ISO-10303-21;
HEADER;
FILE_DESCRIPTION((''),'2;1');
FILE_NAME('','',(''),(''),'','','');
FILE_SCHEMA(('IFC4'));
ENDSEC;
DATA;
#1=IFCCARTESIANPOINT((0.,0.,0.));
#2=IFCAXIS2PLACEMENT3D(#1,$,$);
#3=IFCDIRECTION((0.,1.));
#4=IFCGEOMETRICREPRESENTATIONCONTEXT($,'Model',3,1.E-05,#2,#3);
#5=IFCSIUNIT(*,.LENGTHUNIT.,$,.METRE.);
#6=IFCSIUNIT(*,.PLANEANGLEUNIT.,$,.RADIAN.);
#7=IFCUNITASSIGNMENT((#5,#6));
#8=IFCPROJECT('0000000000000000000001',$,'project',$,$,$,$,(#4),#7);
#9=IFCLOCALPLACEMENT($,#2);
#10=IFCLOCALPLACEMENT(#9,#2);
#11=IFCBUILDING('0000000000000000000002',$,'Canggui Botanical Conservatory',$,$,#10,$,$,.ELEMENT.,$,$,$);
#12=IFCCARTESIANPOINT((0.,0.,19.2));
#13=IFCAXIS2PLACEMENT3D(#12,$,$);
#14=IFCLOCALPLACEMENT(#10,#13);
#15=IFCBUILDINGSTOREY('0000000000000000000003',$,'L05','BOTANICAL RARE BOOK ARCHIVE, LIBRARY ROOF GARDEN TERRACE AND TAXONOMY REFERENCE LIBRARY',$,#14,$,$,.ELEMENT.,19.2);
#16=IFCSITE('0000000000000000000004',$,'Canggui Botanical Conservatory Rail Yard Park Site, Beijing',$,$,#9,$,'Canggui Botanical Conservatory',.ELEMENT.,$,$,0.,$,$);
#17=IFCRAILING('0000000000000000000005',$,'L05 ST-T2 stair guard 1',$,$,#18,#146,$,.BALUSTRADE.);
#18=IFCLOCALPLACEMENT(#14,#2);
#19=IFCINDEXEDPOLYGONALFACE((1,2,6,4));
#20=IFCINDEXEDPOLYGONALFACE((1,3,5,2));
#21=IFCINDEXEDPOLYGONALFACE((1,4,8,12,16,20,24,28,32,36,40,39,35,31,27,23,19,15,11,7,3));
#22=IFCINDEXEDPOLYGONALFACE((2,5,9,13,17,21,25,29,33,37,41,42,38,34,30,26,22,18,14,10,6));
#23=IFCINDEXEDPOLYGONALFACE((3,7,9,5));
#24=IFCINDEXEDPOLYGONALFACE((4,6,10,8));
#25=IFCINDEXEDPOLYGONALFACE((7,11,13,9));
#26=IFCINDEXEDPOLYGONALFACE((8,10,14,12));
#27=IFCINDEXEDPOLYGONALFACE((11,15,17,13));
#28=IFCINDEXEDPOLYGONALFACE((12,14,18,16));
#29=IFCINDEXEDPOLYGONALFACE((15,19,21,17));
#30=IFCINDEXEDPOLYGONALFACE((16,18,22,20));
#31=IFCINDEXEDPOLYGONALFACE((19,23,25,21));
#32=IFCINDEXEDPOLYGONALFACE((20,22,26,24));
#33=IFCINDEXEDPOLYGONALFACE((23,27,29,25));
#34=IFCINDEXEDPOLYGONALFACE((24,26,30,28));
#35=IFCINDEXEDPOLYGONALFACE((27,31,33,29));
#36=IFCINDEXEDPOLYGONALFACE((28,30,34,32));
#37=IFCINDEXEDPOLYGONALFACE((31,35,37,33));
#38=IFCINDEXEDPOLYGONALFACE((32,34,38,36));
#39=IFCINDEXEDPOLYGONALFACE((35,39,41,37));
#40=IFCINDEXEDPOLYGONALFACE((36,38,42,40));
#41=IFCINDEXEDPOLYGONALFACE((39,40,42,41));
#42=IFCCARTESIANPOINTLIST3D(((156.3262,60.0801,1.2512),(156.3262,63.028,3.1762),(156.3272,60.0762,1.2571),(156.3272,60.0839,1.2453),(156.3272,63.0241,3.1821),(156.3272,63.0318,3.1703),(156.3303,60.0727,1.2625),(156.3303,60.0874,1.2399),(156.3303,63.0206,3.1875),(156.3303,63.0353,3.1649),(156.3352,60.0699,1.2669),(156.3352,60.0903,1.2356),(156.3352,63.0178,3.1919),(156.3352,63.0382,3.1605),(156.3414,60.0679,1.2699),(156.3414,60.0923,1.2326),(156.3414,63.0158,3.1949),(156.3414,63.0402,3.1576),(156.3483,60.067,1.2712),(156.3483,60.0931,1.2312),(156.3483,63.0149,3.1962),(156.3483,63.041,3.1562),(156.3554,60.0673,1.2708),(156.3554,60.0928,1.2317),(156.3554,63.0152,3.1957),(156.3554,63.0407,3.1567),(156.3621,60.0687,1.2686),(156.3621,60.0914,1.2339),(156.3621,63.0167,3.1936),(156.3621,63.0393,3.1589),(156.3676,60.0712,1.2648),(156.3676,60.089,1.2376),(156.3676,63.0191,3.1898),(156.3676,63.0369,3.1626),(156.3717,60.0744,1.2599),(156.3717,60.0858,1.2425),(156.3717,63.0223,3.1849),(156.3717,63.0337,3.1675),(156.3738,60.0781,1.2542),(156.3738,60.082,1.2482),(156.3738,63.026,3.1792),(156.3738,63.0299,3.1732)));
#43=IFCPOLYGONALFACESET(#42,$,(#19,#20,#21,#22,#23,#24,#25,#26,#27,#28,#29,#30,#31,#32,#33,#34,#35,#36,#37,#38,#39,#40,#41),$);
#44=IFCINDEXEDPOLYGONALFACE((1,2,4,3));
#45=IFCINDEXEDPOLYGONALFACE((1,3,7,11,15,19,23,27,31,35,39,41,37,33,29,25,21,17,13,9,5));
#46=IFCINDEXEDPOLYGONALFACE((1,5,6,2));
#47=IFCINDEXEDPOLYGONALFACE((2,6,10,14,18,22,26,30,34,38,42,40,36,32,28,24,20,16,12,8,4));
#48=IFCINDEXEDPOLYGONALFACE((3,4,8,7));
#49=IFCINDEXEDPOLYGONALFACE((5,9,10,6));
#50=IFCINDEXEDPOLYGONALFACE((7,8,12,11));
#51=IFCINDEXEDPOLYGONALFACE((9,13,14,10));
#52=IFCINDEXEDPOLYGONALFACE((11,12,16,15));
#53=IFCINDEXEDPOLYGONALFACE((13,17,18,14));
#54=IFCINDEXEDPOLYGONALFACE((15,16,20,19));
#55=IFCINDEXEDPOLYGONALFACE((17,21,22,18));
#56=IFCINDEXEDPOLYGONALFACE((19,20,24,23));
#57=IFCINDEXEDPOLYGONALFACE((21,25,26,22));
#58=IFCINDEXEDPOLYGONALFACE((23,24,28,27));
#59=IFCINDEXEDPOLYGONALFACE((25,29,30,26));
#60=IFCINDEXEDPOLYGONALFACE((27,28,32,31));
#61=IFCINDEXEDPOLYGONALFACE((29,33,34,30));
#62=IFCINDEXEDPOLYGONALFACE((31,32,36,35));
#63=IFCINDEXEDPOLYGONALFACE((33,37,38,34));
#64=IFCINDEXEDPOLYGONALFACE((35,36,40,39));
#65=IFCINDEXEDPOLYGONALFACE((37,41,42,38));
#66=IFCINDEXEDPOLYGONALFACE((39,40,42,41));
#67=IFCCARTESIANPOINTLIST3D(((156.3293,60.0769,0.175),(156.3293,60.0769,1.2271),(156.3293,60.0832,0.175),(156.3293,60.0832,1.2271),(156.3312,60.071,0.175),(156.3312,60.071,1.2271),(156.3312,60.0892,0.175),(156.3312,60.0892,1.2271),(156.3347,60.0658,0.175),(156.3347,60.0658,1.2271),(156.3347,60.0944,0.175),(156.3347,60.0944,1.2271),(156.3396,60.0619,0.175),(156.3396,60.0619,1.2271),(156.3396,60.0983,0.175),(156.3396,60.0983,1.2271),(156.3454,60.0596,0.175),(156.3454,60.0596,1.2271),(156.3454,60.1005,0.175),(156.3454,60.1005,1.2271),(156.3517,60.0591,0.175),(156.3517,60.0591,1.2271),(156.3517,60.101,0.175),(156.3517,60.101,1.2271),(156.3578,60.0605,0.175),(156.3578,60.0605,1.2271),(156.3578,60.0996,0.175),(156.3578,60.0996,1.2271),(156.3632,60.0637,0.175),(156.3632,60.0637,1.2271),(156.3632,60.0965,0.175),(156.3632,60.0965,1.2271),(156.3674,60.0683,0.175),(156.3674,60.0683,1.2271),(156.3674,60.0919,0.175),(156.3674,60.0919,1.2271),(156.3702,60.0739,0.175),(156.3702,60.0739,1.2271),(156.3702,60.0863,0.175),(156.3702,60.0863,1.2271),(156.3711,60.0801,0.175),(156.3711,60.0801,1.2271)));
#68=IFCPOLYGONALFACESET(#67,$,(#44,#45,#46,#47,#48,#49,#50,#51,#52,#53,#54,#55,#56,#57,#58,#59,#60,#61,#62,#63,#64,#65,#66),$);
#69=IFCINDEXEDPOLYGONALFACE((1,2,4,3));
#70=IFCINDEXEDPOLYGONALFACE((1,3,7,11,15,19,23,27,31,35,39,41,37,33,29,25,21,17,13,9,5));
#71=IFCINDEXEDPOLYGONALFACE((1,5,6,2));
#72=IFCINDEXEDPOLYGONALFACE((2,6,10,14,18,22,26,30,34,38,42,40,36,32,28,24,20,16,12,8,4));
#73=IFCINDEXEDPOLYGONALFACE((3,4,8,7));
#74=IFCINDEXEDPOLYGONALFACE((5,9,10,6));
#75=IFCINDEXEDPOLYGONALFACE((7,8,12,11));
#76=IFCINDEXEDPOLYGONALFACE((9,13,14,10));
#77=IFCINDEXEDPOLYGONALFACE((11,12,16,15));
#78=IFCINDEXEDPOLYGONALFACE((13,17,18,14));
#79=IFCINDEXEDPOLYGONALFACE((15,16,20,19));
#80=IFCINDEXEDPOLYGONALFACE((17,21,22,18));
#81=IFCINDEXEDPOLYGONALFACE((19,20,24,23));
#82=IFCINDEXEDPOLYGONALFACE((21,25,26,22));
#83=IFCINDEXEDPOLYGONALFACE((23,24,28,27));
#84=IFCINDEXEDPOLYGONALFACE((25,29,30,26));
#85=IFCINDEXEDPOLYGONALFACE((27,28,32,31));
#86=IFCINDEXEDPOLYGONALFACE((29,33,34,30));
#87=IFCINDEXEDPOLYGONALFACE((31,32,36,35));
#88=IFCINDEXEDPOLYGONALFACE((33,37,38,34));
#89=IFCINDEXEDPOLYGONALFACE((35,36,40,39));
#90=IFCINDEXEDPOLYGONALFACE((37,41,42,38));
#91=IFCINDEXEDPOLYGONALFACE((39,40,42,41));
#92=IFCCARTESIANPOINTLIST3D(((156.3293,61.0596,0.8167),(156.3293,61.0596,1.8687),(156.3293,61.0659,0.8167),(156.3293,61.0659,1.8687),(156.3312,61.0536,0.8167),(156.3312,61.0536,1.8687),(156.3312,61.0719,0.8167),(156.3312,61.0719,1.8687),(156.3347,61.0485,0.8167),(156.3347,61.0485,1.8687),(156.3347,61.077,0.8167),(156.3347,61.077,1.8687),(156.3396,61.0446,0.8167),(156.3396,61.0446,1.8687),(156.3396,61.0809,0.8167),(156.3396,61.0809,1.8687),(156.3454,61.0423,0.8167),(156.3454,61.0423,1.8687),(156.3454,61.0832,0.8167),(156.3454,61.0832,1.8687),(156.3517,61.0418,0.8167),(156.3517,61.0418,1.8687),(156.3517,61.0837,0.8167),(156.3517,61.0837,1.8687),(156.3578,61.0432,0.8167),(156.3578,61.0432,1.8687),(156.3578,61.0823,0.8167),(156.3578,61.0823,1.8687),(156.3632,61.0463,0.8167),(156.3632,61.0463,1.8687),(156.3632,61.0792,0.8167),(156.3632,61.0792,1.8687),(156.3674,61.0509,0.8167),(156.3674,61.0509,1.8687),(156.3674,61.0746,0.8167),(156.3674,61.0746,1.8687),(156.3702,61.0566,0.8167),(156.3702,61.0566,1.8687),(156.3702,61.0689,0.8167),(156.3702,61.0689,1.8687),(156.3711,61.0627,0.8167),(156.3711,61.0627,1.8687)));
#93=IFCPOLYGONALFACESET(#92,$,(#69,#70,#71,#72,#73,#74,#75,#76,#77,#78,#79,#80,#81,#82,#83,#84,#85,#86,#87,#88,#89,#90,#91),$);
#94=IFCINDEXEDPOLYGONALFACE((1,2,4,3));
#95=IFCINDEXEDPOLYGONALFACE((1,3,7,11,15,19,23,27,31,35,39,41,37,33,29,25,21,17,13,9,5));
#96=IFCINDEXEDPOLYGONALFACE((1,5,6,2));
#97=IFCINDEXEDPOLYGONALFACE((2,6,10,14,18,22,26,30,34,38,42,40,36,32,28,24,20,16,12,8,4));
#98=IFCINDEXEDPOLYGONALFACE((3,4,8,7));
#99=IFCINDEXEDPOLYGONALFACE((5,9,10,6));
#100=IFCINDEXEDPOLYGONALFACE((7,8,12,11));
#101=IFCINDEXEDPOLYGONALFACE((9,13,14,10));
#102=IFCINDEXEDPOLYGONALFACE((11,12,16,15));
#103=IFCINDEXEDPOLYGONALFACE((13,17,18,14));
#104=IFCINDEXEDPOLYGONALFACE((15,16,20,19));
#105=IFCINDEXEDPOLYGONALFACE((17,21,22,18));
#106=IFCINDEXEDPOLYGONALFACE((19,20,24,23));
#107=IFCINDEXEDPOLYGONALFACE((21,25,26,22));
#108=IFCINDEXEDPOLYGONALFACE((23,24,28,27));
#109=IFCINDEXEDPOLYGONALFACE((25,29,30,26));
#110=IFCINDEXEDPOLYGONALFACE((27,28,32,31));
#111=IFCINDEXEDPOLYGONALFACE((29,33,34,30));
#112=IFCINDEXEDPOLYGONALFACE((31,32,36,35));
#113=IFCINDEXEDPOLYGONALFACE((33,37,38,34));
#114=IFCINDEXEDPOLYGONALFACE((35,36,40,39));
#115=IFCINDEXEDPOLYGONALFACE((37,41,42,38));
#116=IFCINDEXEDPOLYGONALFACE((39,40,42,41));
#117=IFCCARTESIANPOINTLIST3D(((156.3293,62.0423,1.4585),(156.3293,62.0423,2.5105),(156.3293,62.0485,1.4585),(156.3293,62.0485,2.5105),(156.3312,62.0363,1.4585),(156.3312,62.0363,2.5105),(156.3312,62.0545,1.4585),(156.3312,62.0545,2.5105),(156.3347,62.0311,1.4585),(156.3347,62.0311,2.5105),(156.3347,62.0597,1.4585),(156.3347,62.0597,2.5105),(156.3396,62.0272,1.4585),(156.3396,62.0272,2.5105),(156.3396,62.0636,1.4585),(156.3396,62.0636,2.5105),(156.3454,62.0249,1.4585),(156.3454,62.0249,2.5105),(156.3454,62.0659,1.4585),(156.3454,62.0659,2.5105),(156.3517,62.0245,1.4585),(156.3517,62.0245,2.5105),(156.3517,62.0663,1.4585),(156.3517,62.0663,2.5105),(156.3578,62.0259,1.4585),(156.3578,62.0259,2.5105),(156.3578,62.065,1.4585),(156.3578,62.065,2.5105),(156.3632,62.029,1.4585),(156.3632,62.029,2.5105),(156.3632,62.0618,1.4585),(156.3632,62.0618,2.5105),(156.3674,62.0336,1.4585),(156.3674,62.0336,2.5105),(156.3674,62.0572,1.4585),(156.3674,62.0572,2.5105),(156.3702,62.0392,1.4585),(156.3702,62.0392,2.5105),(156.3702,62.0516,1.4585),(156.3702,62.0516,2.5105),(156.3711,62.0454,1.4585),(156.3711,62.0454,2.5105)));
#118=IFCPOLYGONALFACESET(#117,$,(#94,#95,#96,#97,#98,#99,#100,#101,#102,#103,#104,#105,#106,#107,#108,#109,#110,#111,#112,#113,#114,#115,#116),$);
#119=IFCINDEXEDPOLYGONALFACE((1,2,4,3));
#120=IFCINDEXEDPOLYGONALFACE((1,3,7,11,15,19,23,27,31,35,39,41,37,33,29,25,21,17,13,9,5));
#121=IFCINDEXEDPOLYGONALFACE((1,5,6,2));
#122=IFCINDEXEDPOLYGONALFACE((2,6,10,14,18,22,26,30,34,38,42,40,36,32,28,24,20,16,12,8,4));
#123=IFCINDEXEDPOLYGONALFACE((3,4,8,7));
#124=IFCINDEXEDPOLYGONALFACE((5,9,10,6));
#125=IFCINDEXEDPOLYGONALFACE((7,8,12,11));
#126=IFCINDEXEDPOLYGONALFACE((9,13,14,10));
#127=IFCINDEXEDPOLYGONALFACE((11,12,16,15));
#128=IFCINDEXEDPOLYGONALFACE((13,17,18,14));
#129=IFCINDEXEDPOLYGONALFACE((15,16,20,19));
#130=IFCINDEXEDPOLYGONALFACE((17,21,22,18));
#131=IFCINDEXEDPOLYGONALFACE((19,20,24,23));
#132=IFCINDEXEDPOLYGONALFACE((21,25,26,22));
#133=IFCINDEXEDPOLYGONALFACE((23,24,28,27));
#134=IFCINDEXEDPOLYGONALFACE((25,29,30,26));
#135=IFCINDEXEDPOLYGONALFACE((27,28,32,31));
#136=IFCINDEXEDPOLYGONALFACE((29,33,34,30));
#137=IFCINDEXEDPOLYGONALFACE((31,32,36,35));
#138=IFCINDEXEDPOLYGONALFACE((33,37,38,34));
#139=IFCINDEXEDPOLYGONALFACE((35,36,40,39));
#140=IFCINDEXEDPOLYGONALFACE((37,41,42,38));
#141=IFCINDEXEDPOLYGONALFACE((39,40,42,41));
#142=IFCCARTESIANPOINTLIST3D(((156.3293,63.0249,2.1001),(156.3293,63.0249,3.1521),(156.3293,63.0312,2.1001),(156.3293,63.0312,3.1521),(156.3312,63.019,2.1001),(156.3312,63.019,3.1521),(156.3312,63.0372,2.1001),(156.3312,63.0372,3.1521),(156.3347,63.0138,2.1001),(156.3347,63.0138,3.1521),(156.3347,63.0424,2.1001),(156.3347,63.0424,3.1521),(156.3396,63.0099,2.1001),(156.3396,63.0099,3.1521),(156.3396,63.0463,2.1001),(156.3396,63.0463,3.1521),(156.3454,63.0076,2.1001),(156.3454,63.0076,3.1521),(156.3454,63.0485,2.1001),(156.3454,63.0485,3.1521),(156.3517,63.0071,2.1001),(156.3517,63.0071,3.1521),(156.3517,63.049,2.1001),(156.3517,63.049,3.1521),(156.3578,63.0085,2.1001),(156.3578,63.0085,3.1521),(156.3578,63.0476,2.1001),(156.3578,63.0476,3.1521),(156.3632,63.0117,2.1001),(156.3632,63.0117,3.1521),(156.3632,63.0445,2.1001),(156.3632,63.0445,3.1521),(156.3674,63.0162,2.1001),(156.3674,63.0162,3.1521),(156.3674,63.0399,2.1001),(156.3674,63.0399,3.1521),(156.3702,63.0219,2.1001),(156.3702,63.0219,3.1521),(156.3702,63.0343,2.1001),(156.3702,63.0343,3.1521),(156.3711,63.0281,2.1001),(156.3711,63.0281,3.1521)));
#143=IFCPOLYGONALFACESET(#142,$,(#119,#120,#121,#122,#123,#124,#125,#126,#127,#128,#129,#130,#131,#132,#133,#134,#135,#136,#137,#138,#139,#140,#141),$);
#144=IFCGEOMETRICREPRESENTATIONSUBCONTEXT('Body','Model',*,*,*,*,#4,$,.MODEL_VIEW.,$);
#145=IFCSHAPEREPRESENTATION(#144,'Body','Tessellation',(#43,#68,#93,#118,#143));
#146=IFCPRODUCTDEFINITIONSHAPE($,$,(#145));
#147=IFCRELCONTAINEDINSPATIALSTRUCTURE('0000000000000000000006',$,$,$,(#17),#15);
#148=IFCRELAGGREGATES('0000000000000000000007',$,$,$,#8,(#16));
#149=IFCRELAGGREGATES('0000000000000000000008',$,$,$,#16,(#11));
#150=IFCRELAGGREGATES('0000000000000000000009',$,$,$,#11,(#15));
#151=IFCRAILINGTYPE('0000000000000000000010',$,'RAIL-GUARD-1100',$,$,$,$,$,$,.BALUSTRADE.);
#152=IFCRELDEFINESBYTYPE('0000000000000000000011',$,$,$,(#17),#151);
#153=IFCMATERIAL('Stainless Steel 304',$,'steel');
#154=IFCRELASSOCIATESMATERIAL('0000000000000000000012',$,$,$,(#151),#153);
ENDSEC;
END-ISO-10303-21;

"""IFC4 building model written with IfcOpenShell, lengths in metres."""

from ifc_helpers import new_model, si_unit, direction, frame, origin, origin_2d, place, context, subcontext, project, spatial, circle, extrude, material, type_object, element, save


model = new_model("IFC4")

# Units and contexts
model_context = context("Model", 3, precision=1e-05, world=origin(), true_north=direction((0.0, 1.0)))
body_context = subcontext(model_context, "Body", "Model", "MODEL_VIEW")
ifc_project = project(units=[si_unit("LENGTHUNIT", "METRE"), si_unit("PLANEANGLEUNIT", "RADIAN")], contexts=[model_context])

# Site, building, storey
site_placement = place(None, origin())
site = spatial("IfcSite", under=ifc_project, at=site_placement, Name="Canggui Botanical Conservatory Rail Yard Park Site, Beijing", LongName="Canggui Botanical Conservatory", CompositionType="ELEMENT", RefElevation=0.0)
building_placement = place(site_placement, origin())
building = spatial("IfcBuilding", under=site, at=building_placement, Name="Canggui Botanical Conservatory", CompositionType="ELEMENT")
storey_placement = place(building_placement, frame((0.0, 0.0, 19.2)))
storey = spatial("IfcBuildingStorey", under=building, at=storey_placement, Name="L05", Description="BOTANICAL RARE BOOK ARCHIVE, LIBRARY ROOF GARDEN TERRACE AND TAXONOMY REFERENCE LIBRARY", CompositionType="ELEMENT", Elevation=19.2)

# Shared definitions
ifc_material_1 = material(Name="Stainless Steel 304", Category="steel")

# Railing
railing_type_1 = type_object("IfcRailingType", Name="RAIL-GUARD-1100", PredefinedType="BALUSTRADE", material=ifc_material_1)
railing_1_placement = place(storey_placement, frame((156.3501, 60.0801, 0.175)))
element("IfcRailing", 1, at=railing_1_placement, inside=storey, type_object=railing_type_1, Name="L05 ST-T2 stair guard 1", PredefinedType="BALUSTRADE", context=body_context, shape_type="SweptSolid", body=[
    extrude(circle(Radius=0.0239, at=origin_2d()), frame((0.0, 0.0, 1.0762), z_axis=(0.0, 0.837293, 0.546754), x_axis=(-1.0, 0.0, 0.0)), (0.0, 0.0, 1.0), 3.5208),
    extrude(circle(Radius=0.021, at=origin_2d()), origin(), (0.0, 0.0, 1.0), 1.052),
    extrude(circle(Radius=0.021, at=origin_2d()), frame((0.0, 0.9827, 0.6416)), (0.0, 0.0, 1.0), 1.052),
    extrude(circle(Radius=0.021, at=origin_2d()), frame((0.0, 1.9653, 1.2834)), (0.0, 0.0, 1.0), 1.052),
    extrude(circle(Radius=0.021, at=origin_2d()), frame((0.0, 2.948, 1.925)), (0.0, 0.0, 1.0), 1.052),
])

save(model, "model.ifc")
